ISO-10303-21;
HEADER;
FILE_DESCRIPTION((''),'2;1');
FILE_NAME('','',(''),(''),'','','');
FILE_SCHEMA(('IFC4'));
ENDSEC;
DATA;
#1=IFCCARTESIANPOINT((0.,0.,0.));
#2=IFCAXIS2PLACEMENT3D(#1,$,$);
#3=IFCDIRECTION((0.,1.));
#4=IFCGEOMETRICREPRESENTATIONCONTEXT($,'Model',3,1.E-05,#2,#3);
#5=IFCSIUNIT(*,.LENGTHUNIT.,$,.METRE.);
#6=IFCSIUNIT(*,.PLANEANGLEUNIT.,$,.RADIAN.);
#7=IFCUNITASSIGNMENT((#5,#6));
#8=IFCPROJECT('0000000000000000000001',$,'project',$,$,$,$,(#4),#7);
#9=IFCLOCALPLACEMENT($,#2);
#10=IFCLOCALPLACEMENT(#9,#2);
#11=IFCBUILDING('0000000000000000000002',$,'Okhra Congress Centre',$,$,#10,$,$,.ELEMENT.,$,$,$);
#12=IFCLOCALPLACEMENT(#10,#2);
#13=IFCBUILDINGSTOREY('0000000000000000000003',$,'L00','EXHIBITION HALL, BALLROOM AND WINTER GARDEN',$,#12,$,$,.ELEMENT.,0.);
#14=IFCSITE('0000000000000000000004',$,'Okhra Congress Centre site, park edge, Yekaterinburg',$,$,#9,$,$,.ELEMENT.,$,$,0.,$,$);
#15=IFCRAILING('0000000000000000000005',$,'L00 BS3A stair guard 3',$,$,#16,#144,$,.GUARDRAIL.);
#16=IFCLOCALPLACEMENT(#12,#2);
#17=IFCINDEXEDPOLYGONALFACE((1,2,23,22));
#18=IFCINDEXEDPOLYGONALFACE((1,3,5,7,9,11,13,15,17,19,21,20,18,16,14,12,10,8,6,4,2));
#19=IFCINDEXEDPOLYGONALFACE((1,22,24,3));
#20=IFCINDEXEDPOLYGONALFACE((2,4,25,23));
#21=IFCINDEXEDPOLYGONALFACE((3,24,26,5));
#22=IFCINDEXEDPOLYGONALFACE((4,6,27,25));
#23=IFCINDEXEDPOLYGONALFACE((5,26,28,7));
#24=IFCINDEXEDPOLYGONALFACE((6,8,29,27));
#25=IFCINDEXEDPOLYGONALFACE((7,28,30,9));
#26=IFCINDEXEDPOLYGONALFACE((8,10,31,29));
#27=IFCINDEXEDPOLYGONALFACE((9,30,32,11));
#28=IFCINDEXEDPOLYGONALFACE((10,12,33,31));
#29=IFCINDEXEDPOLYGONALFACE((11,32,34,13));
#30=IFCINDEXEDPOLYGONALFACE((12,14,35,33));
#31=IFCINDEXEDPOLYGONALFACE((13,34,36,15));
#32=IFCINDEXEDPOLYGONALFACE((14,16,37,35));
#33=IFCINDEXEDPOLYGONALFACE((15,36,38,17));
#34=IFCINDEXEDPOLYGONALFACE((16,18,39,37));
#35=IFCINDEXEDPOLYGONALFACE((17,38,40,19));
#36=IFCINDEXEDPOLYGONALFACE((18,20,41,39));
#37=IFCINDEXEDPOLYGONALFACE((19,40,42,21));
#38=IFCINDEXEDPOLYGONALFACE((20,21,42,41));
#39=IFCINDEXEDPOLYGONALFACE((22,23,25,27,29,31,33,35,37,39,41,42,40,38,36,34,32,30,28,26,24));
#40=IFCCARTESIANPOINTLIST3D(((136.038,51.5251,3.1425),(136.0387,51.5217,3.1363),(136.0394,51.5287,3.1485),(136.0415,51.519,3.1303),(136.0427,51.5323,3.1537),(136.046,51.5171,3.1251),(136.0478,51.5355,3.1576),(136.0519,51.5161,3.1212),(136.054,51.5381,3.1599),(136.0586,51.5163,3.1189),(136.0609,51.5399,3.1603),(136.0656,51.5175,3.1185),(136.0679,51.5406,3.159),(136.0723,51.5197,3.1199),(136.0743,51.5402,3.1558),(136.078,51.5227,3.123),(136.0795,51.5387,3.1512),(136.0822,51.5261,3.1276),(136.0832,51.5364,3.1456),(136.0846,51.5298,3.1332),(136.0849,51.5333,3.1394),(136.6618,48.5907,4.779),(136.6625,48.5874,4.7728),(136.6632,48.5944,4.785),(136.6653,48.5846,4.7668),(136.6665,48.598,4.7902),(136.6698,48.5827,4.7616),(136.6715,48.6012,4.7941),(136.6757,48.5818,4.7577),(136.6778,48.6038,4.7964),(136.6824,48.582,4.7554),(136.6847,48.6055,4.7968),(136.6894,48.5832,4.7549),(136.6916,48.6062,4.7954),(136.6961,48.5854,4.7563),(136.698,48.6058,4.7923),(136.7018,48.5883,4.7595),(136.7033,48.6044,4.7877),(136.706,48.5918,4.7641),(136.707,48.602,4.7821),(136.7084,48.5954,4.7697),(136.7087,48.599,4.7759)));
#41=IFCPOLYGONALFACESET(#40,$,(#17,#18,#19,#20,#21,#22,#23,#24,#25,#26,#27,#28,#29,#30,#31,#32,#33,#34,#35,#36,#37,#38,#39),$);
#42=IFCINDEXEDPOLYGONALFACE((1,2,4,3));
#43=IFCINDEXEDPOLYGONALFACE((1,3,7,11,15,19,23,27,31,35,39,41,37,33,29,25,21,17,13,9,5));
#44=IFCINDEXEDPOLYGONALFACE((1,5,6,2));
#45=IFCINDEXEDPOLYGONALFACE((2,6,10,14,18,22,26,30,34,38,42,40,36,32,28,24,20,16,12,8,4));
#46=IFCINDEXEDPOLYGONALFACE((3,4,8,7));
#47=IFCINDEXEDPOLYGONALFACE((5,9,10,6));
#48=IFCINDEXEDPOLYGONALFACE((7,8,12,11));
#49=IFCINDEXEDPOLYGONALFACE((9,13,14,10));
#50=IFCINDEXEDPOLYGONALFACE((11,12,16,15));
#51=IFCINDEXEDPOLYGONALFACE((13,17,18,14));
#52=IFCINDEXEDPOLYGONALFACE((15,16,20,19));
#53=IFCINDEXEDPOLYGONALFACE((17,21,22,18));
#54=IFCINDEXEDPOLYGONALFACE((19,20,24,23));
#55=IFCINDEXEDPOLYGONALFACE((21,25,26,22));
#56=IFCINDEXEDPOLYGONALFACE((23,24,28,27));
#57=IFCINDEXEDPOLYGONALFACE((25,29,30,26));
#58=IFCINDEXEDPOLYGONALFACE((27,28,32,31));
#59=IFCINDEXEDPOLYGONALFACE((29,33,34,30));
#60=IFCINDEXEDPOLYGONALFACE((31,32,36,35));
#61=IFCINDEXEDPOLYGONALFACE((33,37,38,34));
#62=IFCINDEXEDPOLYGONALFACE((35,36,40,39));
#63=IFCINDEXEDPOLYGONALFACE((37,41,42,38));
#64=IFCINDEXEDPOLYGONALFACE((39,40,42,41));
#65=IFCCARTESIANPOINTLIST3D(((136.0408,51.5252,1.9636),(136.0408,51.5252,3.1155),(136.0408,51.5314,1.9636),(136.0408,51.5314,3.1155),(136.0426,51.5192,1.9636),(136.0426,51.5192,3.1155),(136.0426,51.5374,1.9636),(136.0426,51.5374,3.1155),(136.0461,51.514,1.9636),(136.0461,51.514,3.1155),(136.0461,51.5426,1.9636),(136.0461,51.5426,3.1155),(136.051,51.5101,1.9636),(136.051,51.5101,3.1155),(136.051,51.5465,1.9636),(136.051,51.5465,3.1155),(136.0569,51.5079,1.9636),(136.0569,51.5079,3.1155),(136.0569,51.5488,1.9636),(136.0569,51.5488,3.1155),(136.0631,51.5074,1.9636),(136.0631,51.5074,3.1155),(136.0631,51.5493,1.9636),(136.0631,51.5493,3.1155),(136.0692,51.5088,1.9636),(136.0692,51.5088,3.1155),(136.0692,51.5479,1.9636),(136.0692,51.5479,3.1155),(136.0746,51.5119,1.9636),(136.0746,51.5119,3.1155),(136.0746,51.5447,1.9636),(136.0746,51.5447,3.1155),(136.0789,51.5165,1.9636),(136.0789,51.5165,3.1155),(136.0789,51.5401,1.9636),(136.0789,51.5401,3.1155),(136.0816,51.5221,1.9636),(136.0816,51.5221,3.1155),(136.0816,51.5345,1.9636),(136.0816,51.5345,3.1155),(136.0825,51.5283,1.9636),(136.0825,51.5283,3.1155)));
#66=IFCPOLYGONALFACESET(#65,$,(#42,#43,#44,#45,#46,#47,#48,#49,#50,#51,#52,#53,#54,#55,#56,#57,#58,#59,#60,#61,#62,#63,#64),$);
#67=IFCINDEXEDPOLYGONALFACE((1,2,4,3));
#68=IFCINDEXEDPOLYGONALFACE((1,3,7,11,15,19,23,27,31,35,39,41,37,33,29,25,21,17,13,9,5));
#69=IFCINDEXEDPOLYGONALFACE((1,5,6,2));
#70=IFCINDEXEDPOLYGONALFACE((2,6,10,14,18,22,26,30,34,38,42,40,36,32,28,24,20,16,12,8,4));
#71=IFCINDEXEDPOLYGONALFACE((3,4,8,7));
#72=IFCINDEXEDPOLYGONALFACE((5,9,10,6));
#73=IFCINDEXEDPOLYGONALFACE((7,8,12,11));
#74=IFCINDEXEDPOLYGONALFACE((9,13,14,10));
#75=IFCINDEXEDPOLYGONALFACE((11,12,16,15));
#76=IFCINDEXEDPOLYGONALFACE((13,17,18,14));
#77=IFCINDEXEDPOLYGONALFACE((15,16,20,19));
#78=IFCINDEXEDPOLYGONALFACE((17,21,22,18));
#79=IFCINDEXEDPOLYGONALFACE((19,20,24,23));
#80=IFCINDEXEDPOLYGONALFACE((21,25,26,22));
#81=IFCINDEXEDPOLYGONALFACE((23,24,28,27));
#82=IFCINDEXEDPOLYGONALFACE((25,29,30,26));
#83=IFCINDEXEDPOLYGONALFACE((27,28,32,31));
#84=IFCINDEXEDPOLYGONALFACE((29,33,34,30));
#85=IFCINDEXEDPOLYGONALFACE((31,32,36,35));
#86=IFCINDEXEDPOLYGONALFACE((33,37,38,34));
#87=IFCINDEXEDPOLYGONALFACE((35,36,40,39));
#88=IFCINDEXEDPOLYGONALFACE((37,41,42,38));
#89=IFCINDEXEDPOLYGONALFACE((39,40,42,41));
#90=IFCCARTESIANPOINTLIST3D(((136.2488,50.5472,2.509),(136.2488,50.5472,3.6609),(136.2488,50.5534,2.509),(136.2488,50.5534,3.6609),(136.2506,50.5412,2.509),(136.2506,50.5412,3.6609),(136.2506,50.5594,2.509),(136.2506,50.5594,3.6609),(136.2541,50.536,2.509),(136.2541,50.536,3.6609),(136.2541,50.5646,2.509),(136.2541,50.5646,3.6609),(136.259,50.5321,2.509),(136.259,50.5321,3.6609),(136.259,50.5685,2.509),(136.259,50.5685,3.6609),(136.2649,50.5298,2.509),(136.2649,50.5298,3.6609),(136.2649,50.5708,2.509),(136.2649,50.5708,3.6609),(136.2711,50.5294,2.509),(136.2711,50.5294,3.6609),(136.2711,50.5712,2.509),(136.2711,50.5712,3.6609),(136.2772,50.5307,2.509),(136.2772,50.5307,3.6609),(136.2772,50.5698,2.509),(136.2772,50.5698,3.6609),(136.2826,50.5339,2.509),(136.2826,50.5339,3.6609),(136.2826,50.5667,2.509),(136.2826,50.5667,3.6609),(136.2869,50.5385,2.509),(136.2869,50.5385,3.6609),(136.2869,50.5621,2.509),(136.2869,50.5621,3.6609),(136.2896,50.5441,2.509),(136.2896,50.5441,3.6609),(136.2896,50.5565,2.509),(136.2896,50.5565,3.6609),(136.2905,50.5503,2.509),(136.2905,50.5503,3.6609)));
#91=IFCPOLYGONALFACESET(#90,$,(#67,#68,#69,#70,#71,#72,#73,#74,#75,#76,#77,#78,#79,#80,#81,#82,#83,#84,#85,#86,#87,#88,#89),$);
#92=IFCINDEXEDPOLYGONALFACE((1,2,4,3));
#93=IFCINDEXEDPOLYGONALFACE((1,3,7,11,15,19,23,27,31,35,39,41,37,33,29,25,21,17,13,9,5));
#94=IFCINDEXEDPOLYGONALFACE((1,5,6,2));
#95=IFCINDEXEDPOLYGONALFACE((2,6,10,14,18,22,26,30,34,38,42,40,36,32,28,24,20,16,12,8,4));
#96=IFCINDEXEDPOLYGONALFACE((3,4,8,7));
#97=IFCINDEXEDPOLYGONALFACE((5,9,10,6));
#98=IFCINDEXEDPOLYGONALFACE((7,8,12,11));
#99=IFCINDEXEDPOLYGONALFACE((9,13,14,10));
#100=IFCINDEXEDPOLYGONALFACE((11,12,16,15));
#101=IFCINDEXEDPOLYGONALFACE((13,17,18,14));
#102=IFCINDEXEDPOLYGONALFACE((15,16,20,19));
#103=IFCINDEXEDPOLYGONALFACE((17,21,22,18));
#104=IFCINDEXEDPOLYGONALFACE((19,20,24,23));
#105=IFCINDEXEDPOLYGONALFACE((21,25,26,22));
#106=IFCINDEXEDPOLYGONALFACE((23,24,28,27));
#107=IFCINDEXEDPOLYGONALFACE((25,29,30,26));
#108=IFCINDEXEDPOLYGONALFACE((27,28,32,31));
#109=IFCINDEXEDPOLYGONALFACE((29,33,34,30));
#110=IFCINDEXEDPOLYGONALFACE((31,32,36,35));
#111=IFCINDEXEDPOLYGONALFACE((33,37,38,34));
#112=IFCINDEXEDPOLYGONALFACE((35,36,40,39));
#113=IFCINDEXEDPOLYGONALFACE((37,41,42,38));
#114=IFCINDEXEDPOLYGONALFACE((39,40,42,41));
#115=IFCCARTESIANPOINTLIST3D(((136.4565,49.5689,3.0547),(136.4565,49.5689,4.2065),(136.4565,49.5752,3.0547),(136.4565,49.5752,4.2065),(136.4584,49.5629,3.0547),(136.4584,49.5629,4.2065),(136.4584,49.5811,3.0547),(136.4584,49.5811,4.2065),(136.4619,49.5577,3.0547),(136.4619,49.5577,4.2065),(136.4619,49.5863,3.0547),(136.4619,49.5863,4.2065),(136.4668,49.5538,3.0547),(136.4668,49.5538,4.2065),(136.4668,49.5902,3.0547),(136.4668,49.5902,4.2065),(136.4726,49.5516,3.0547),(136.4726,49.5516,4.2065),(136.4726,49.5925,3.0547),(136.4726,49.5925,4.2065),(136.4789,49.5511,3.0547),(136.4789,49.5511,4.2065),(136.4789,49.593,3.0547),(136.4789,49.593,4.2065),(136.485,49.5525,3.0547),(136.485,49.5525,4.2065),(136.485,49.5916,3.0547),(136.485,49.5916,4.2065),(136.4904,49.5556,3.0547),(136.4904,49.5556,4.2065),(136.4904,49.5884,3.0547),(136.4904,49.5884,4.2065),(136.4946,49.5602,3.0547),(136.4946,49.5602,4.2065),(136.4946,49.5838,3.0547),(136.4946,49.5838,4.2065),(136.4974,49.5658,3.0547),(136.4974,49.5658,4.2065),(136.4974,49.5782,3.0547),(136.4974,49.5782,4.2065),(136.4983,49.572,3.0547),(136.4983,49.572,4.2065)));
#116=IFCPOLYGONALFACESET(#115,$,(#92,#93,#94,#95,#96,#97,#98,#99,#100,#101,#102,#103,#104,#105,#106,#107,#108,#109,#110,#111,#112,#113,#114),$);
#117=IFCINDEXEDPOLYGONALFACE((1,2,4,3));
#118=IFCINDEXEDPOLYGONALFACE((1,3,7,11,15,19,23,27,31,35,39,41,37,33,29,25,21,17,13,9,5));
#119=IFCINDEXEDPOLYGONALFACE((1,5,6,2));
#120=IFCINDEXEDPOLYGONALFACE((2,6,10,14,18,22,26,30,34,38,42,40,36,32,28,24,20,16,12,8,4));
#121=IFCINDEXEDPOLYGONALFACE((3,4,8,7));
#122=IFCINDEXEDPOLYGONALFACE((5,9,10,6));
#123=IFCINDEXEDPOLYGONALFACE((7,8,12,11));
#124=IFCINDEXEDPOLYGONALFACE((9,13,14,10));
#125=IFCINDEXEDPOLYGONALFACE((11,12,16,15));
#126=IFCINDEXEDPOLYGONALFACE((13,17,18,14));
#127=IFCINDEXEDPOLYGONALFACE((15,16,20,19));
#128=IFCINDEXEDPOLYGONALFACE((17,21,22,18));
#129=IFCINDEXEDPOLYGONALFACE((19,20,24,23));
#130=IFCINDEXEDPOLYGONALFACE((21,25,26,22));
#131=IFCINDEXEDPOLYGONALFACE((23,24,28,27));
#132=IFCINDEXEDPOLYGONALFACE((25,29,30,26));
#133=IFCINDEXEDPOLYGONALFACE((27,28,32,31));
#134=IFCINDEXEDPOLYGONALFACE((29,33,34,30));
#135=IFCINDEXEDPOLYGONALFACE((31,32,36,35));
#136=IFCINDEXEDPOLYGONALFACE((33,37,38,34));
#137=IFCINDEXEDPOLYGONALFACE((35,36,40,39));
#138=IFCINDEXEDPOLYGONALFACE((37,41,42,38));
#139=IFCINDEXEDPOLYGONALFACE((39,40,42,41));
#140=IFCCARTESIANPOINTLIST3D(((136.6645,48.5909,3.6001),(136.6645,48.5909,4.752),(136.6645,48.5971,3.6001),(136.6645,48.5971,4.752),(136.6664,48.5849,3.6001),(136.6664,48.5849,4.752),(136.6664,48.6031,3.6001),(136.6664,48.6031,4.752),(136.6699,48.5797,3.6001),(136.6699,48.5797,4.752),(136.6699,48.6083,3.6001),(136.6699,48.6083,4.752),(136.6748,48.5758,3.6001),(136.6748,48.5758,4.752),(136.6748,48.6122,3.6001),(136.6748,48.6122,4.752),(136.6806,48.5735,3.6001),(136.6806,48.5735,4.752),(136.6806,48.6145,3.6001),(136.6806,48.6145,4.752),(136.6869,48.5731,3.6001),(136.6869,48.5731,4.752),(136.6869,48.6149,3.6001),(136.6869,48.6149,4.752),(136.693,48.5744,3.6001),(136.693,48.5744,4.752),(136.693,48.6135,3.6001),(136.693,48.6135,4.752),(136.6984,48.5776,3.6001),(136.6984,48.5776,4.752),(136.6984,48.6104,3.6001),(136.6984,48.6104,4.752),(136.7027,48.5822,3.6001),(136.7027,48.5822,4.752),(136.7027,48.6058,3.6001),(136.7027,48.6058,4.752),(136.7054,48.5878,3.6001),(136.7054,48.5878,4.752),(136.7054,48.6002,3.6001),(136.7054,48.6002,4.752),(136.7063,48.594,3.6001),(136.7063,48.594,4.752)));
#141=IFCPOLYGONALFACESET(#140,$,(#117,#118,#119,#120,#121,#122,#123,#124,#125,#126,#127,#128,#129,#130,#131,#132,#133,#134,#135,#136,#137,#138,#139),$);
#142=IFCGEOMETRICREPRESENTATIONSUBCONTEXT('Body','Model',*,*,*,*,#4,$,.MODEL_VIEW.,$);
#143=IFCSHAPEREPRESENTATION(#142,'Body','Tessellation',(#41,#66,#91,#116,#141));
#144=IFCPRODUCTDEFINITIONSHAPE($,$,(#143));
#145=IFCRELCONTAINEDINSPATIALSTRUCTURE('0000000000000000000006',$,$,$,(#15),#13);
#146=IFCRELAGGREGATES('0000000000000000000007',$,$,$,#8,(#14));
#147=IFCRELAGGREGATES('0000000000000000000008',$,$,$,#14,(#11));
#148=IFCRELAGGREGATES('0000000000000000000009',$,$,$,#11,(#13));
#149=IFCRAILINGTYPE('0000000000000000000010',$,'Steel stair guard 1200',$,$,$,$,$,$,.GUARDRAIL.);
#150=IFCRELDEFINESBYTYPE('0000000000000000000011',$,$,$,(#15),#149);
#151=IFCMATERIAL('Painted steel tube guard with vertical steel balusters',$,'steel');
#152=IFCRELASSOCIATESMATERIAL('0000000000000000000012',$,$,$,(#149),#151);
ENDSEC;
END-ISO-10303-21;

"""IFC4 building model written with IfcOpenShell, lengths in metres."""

from ifc_helpers import new_model, si_unit, direction, frame, origin, origin_2d, place, context, subcontext, project, spatial, circle, extrude, material, type_object, element, save


model = new_model("IFC4")

# Units and contexts
model_context = context("Model", 3, precision=1e-05, world=origin(), true_north=direction((0.0, 1.0)))
body_context = subcontext(model_context, "Body", "Model", "MODEL_VIEW")
ifc_project = project(units=[si_unit("LENGTHUNIT", "METRE"), si_unit("PLANEANGLEUNIT", "RADIAN")], contexts=[model_context])

# Site, building, storey
site_placement = place(None, origin())
site = spatial("IfcSite", under=ifc_project, at=site_placement, Name="Okhra Congress Centre site, park edge, Yekaterinburg", CompositionType="ELEMENT", RefElevation=0.0)
building_placement = place(site_placement, origin())
building = spatial("IfcBuilding", under=site, at=building_placement, Name="Okhra Congress Centre", CompositionType="ELEMENT")
storey_placement = place(building_placement, origin())
storey = spatial("IfcBuildingStorey", under=building, at=storey_placement, Name="L00", Description="EXHIBITION HALL, BALLROOM AND WINTER GARDEN", CompositionType="ELEMENT", Elevation=0.0)

# Railing
ifc_material_1 = material(Name="Painted steel tube guard with vertical steel balusters", Category="steel")
railing_type_1 = type_object("IfcRailingType", Name="Steel stair guard 1200", PredefinedType="GUARDRAIL", material=ifc_material_1)
railing_1_placement = place(storey_placement, frame((136.0615, 51.5283, 1.9636)))
element("IfcRailing", 1, at=railing_1_placement, inside=storey, type_object=railing_type_1, Name="L00 BS3A stair guard 3", PredefinedType="GUARDRAIL", context=body_context, shape_type="SweptSolid", body=[
    extrude(circle(Radius=0.0239, at=origin_2d()), frame((0.0, 0.0, 1.1758), z_axis=(0.18254, -0.858687, 0.47889), x_axis=(0.978143, 0.207934, 0.0)), (0.0, 0.0, 1.0), 3.4172),
    extrude(circle(Radius=0.021, at=origin_2d()), origin(), (0.0, 0.0, 1.0), 1.1519),
    extrude(circle(Radius=0.021, at=origin_2d()), frame((0.208, -0.978, 0.5454)), (0.0, 0.0, 1.0), 1.1519),
    extrude(circle(Radius=0.021, at=origin_2d()), frame((0.4158, -1.9563, 1.0911)), (0.0, 0.0, 1.0), 1.1519),
    extrude(circle(Radius=0.021, at=origin_2d()), frame((0.6238, -2.9343, 1.6365)), (0.0, 0.0, 1.0), 1.1519),
])

save(model, "model.ifc")
